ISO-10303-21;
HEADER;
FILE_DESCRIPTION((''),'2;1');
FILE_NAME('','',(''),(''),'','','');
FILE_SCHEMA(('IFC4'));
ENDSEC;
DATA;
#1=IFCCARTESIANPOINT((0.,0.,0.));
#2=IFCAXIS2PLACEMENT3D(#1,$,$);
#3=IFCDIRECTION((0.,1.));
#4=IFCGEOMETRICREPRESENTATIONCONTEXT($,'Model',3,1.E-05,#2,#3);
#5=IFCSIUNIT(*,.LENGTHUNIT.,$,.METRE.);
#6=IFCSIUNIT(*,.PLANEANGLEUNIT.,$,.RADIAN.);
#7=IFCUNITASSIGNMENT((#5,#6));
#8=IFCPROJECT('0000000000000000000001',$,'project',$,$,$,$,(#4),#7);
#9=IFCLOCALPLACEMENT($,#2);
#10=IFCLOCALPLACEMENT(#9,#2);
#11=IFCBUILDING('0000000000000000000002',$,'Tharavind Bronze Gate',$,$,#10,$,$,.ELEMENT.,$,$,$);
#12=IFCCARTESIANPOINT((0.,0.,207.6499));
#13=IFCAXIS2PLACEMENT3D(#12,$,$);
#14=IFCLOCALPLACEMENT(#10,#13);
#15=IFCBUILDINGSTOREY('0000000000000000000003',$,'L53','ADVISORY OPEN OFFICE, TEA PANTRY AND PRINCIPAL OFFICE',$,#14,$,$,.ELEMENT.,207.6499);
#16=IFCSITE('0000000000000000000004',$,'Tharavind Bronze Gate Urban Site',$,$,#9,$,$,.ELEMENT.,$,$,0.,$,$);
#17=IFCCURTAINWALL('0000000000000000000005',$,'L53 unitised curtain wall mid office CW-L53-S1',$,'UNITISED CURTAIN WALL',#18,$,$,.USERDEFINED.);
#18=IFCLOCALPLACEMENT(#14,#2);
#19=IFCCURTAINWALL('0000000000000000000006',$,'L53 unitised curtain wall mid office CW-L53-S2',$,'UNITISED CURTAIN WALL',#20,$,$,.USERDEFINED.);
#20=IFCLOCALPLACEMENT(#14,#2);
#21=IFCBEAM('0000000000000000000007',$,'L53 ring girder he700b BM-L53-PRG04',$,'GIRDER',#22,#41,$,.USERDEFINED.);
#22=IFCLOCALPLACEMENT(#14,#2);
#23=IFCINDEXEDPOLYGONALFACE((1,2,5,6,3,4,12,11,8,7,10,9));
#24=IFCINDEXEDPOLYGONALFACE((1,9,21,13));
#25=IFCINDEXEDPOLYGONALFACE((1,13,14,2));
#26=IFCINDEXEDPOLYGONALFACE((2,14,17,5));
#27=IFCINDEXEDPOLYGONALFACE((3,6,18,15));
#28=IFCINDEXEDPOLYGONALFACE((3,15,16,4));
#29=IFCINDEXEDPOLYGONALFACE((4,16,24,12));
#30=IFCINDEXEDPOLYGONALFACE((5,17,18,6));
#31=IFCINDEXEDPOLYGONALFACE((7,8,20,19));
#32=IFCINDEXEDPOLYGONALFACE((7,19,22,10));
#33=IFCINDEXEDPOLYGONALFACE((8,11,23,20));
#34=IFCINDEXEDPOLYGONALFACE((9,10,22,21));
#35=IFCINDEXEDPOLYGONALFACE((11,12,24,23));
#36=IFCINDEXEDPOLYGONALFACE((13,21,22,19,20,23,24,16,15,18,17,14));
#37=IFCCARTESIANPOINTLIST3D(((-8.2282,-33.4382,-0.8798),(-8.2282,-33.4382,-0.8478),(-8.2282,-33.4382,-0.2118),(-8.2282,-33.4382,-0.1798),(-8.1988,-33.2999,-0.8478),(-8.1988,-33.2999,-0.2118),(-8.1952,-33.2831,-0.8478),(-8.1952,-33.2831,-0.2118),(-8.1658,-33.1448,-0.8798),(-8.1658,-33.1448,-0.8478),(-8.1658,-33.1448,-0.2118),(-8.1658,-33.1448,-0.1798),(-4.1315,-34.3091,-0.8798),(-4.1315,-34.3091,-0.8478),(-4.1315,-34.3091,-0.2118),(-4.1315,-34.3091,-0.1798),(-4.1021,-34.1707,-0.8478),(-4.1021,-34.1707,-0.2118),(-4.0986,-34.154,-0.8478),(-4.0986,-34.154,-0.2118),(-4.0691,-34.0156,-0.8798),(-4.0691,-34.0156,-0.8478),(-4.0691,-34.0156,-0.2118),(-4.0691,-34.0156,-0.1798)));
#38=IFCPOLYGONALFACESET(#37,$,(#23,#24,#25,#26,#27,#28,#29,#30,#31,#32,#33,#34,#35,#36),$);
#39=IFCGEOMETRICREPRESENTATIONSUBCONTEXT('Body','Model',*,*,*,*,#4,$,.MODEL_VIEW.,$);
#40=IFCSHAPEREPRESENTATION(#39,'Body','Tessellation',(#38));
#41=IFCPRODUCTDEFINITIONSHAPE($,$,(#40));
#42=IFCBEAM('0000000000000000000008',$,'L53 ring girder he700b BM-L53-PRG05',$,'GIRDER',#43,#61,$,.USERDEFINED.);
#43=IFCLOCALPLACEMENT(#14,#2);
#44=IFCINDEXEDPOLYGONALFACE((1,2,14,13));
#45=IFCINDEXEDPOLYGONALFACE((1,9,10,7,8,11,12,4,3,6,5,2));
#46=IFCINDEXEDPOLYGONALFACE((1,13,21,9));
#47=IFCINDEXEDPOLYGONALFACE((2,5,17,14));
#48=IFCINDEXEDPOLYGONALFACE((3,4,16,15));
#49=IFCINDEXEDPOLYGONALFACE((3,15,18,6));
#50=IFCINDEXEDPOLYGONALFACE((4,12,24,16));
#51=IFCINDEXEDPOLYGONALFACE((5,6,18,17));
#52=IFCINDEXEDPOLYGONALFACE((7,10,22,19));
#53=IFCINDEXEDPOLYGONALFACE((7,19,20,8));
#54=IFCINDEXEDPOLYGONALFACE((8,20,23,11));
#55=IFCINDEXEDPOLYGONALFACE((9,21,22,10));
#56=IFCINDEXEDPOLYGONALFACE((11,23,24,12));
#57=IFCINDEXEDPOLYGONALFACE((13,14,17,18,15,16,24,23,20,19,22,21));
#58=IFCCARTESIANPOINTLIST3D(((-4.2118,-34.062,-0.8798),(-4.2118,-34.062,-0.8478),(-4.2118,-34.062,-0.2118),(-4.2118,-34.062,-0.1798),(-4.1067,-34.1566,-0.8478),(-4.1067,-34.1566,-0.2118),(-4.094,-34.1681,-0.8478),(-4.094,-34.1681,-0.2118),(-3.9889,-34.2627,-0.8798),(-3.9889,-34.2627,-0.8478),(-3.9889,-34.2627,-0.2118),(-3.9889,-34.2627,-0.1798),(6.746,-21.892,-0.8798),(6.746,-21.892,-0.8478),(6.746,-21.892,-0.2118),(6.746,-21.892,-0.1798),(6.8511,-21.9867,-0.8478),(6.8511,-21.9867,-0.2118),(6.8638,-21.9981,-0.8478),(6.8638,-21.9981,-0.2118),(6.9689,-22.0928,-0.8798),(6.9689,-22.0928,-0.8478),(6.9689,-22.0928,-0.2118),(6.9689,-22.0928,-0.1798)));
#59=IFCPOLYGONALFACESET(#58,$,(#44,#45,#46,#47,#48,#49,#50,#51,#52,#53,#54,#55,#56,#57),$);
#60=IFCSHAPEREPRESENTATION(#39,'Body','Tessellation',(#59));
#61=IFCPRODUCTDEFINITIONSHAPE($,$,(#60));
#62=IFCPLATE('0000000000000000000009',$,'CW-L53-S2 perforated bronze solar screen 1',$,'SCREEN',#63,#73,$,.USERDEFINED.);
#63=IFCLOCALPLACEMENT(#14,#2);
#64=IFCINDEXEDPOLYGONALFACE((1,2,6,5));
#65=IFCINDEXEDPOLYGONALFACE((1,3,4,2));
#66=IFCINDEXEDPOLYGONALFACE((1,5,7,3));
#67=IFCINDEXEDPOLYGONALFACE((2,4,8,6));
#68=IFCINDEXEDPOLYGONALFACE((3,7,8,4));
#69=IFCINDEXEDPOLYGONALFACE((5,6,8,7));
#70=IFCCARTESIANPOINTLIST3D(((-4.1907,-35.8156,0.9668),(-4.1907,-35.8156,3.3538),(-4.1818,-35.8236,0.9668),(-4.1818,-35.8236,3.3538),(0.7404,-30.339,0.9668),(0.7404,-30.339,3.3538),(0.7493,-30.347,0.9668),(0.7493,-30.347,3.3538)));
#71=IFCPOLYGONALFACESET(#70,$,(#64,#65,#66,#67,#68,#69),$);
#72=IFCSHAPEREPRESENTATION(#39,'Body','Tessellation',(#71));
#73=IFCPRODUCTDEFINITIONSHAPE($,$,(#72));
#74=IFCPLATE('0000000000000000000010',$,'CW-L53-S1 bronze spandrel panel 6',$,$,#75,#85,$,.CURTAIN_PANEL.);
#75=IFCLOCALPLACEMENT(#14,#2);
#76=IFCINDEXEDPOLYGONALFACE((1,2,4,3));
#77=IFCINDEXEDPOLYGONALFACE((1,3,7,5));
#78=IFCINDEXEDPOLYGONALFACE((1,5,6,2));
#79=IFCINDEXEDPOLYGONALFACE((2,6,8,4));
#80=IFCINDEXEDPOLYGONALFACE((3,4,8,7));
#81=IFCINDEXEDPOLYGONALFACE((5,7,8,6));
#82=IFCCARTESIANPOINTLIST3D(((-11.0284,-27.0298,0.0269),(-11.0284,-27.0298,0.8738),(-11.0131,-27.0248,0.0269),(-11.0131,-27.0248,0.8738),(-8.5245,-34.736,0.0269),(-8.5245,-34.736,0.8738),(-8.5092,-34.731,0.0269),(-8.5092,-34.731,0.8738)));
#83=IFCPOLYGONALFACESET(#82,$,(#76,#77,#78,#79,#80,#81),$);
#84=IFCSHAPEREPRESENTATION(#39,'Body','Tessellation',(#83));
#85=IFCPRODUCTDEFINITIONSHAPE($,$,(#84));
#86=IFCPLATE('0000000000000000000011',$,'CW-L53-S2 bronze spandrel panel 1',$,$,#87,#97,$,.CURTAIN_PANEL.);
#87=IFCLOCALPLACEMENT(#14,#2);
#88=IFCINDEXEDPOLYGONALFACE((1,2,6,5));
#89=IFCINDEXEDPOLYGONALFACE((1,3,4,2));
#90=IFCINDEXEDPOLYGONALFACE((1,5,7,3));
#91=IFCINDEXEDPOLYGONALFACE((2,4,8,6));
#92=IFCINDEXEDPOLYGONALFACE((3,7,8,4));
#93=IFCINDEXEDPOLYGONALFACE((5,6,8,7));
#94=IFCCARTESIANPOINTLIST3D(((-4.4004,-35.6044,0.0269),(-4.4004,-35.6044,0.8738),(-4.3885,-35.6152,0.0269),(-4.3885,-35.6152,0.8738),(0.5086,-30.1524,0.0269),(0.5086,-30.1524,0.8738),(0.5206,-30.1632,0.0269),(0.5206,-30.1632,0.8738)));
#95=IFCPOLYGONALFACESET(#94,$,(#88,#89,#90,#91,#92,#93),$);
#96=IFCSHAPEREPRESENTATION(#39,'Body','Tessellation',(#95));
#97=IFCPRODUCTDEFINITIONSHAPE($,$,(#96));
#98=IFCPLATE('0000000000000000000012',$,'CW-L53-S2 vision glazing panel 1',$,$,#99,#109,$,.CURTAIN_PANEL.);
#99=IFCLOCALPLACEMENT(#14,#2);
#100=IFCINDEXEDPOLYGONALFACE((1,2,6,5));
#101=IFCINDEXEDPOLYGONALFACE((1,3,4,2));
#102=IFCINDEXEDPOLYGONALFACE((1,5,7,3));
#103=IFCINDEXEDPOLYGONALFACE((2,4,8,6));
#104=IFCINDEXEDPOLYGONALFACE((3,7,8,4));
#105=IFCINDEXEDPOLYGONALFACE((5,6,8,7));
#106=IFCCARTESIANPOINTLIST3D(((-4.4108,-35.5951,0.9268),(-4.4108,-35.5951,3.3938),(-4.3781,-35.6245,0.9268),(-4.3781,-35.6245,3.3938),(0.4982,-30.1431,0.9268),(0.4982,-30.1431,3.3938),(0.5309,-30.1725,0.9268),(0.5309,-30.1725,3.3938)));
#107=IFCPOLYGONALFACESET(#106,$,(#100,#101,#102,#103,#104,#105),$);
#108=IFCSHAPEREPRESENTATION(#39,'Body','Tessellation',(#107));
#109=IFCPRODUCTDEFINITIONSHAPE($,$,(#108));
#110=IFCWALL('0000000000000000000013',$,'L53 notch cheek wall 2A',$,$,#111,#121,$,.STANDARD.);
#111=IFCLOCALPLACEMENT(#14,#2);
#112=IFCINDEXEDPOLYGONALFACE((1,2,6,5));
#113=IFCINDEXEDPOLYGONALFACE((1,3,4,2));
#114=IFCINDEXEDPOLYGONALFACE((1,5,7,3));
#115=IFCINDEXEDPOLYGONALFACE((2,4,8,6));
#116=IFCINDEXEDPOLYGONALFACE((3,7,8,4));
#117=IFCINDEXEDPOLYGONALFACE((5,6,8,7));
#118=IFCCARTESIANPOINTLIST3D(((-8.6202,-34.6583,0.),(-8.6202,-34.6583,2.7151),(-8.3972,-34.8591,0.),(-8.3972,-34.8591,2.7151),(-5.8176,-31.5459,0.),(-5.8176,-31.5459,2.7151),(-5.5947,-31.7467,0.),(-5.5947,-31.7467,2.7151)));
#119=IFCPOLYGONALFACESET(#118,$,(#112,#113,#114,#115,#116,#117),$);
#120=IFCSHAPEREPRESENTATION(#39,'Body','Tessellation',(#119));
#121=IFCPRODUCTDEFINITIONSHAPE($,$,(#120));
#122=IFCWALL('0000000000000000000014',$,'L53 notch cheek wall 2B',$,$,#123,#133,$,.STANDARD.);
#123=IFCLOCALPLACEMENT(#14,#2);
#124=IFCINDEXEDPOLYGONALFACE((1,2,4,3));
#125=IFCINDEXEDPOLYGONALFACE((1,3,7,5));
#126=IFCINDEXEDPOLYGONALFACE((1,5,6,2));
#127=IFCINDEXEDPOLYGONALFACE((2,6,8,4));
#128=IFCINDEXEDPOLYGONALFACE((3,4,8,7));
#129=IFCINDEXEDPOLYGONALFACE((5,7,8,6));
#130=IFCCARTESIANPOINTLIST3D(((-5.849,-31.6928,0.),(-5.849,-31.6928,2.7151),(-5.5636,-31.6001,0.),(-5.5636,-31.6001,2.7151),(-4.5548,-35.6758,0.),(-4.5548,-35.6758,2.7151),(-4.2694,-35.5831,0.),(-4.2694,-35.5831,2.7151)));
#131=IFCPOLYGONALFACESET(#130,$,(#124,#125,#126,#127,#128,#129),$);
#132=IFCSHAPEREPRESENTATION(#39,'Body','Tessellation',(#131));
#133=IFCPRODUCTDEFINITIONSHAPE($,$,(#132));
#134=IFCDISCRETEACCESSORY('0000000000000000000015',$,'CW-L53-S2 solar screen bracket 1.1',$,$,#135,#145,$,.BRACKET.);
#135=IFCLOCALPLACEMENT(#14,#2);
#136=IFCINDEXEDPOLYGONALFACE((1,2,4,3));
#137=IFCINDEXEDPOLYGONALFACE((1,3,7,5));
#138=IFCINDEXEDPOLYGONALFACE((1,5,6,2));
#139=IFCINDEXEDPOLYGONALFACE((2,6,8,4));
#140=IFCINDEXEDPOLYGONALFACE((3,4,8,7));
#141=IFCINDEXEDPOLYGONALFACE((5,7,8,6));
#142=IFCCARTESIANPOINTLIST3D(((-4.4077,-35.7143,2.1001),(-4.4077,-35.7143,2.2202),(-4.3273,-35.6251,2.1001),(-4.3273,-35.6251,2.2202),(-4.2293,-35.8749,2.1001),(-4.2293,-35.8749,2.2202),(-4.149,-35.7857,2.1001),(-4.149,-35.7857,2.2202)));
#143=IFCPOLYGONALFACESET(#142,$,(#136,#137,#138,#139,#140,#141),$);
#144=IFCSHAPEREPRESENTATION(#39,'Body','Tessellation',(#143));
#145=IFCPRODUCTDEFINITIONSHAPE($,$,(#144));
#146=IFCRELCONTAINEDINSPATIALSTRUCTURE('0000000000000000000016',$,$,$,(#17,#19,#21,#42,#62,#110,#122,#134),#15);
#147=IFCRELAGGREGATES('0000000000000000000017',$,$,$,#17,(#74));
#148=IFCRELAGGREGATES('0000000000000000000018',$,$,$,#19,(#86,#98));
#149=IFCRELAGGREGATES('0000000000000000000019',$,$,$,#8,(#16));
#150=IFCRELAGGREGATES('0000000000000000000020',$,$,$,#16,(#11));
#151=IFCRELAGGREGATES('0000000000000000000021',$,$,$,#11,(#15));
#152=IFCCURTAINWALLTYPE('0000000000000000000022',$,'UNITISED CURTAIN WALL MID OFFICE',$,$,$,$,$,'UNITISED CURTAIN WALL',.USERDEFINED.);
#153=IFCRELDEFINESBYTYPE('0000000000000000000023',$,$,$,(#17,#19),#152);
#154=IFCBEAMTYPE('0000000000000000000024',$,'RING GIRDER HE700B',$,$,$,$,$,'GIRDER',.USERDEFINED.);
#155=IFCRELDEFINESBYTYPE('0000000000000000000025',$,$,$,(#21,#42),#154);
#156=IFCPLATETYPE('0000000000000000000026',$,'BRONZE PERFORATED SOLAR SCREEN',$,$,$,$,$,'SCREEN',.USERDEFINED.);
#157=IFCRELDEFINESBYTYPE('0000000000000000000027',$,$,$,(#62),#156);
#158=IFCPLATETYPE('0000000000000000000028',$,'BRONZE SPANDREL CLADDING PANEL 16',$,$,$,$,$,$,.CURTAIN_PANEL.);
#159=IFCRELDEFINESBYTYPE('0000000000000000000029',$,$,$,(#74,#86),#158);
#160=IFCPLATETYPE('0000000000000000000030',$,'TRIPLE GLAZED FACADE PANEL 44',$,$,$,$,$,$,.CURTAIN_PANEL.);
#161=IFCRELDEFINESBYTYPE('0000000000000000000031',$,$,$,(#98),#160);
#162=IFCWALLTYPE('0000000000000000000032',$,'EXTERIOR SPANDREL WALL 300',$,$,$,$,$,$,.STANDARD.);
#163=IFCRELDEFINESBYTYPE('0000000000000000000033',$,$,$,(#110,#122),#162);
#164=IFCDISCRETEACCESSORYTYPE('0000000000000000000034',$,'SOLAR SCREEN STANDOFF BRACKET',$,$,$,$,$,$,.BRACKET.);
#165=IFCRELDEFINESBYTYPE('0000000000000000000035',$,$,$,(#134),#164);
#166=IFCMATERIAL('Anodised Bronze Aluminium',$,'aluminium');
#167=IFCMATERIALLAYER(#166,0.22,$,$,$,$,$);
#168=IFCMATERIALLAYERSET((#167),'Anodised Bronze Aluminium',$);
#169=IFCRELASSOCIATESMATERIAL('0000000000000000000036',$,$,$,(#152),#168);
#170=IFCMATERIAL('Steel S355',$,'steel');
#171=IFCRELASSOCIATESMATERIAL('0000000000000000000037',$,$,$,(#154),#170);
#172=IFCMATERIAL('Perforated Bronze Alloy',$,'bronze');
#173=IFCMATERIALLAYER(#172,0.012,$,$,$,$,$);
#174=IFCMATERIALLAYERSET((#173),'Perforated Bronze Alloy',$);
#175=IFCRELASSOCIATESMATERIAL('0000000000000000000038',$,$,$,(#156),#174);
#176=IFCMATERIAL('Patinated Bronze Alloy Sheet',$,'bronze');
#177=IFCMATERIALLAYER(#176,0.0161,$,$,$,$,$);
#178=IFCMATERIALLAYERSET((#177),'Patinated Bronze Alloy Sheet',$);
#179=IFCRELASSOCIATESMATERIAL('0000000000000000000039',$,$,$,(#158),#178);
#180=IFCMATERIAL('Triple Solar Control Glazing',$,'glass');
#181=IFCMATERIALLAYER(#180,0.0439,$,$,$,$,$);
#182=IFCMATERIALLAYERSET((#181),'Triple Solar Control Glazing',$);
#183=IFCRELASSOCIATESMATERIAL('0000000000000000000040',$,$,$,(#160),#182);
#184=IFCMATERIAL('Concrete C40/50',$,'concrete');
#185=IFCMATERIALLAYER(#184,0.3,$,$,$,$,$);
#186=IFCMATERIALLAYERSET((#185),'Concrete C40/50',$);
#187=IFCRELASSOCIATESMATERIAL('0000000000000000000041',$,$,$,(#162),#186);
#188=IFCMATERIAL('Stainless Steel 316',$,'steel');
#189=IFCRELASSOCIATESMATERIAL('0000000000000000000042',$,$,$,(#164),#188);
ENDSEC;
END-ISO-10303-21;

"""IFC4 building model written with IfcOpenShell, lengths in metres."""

from ifc_helpers import new_model, si_unit, direction, frame, frame_2d, origin, origin_2d, place, context, subcontext, project, spatial, rectangle, i_section, extrude, material, layer, layer_set, material_profile, profile_set, type_object, element, aggregate, save


model = new_model("IFC4")

# Units and contexts
model_context = context("Model", 3, precision=1e-05, world=origin(), true_north=direction((0.0, 1.0)))
body_context = subcontext(model_context, "Body", "Model", "MODEL_VIEW")
ifc_project = project(units=[si_unit("LENGTHUNIT", "METRE"), si_unit("PLANEANGLEUNIT", "RADIAN")], contexts=[model_context])

# Site, building, storey
site_placement = place(None, origin())
site = spatial("IfcSite", under=ifc_project, at=site_placement, Name="Tharavind Bronze Gate Urban Site", CompositionType="ELEMENT", RefElevation=0.0)
building_placement = place(site_placement, origin())
building = spatial("IfcBuilding", under=site, at=building_placement, Name="Tharavind Bronze Gate", CompositionType="ELEMENT")
storey_placement = place(building_placement, frame((0.0, 0.0, 207.6499)))
storey = spatial("IfcBuildingStorey", under=building, at=storey_placement, Name="L53", Description="ADVISORY OPEN OFFICE, TEA PANTRY AND PRINCIPAL OFFICE", CompositionType="ELEMENT", Elevation=207.6499)

# Curtain walls
ifc_material_1 = material(Name="Anodised Bronze Aluminium", Category="aluminium")
ifc_layer_1 = layer(ifc_material_1, 0.22)
ifc_layer_set_1 = layer_set([ifc_layer_1], Name="Anodised Bronze Aluminium")
curtain_wall_type = type_object("IfcCurtainWallType", Name="UNITISED CURTAIN WALL MID OFFICE", ElementType="UNITISED CURTAIN WALL", PredefinedType="USERDEFINED", material=ifc_layer_set_1)
curtain_wall_1_placement = place(storey_placement, origin())
curtain_wall_1 = element("IfcCurtainWall", 1, at=curtain_wall_1_placement, inside=storey, type_object=curtain_wall_type, Name="L53 unitised curtain wall mid office CW-L53-S1", ObjectType="UNITISED CURTAIN WALL", PredefinedType="USERDEFINED")
curtain_wall_2_placement = place(storey_placement, origin())
curtain_wall_2 = element("IfcCurtainWall", 2, at=curtain_wall_2_placement, inside=storey, type_object=curtain_wall_type, Name="L53 unitised curtain wall mid office CW-L53-S2", ObjectType="UNITISED CURTAIN WALL", PredefinedType="USERDEFINED")

# Beams
ifc_material_2 = material(Name="Steel S355", Category="steel")
ifc_material_profile_1 = material_profile(ifc_material_2, i_section(OverallWidth=0.3, OverallDepth=0.7, WebThickness=0.0171, FlangeThickness=0.032, at=origin_2d()), Name="HE700B")
ifc_profile_set_1 = profile_set([ifc_material_profile_1], Name="Steel S355")
beam_type_1 = type_object("IfcBeamType", Name="RING GIRDER HE700B", ElementType="GIRDER", PredefinedType="USERDEFINED", material=ifc_profile_set_1)
beam_1_placement = place(storey_placement, frame((-8.197, -33.2915, -0.5298), z_axis=(0.978144, -0.207928, 0.0), x_axis=(0.207928, 0.978144, 0.0)))
element("IfcBeam", 3, at=beam_1_placement, inside=storey, type_object=beam_type_1, Name="L53 ring girder he700b BM-L53-PRG04", ObjectType="GIRDER", PredefinedType="USERDEFINED", context=body_context, shape_type="SweptSolid", body=[
    extrude(i_section(OverallWidth=0.3, OverallDepth=0.7, WebThickness=0.0171, FlangeThickness=0.032, at=origin_2d()), origin(), (0.0, 0.0, 1.0), 4.1882),
])
beam_2_placement = place(storey_placement, frame((-4.1003, -34.1624, -0.5298), z_axis=(0.669128, 0.743147, 0.0), x_axis=(-0.743147, 0.669128, 0.0)))
element("IfcBeam", 4, at=beam_2_placement, inside=storey, type_object=beam_type_1, Name="L53 ring girder he700b BM-L53-PRG05", ObjectType="GIRDER", PredefinedType="USERDEFINED", context=body_context, shape_type="SweptSolid", body=[
    extrude(i_section(OverallWidth=0.3, OverallDepth=0.7, WebThickness=0.0171, FlangeThickness=0.032, at=origin_2d()), origin(), (0.0, 0.0, 1.0), 16.3762),
])

# Plates
ifc_material_3 = material(Name="Perforated Bronze Alloy", Category="bronze")
ifc_layer_2 = layer(ifc_material_3, 0.012)
ifc_layer_set_2 = layer_set([ifc_layer_2], Name="Perforated Bronze Alloy")
plate_type_1 = type_object("IfcPlateType", Name="BRONZE PERFORATED SOLAR SCREEN", ElementType="SCREEN", PredefinedType="USERDEFINED", material=ifc_layer_set_2)
plate_1_placement = place(storey_placement, frame((-1.7207, -33.0813, 0.9668), z_axis=(0.0, 0.0, 1.0), x_axis=(0.669131, 0.743145, 0.0)))
element("IfcPlate", 5, at=plate_1_placement, inside=storey, type_object=plate_type_1, Name="CW-L53-S2 perforated bronze solar screen 1", ObjectType="SCREEN", PredefinedType="USERDEFINED", context=body_context, shape_type="SweptSolid", body=[
    extrude(rectangle(XDim=7.3694, YDim=0.012, at=origin_2d()), origin(), (0.0, 0.0, 1.0), 2.387),
])
ifc_material_4 = material(Name="Patinated Bronze Alloy Sheet", Category="bronze")
ifc_layer_3 = layer(ifc_material_4, 0.0161)
ifc_layer_set_3 = layer_set([ifc_layer_3], Name="Patinated Bronze Alloy Sheet")
plate_type_2 = type_object("IfcPlateType", Name="BRONZE SPANDREL CLADDING PANEL 16", PredefinedType="CURTAIN_PANEL", material=ifc_layer_set_3)
plate_2_placement = place(storey_placement, frame((-9.7688, -30.8804, 0.0269), z_axis=(0.0, 0.0, 1.0), x_axis=(0.309017, -0.951057, 0.0)))
plate_2 = element("IfcPlate", 6, at=plate_2_placement, type_object=plate_type_2, Name="CW-L53-S1 bronze spandrel panel 6", PredefinedType="CURTAIN_PANEL", context=body_context, shape_type="SweptSolid", body=[
    extrude(rectangle(XDim=8.1028, YDim=0.0161, at=origin_2d()), origin(), (0.0, 0.0, 1.0), 0.8469),
])
aggregate(curtain_wall_1, [plate_2])
plate_3_placement = place(storey_placement, frame((-1.9399, -32.8838, 0.0269), z_axis=(0.0, 0.0, 1.0), x_axis=(0.669131, 0.743145, 0.0)))
plate_3 = element("IfcPlate", 7, at=plate_3_placement, type_object=plate_type_2, Name="CW-L53-S2 bronze spandrel panel 1", PredefinedType="CURTAIN_PANEL", context=body_context, shape_type="SweptSolid", body=[
    extrude(rectangle(XDim=7.3364, YDim=0.0161, at=origin_2d()), origin(), (0.0, 0.0, 1.0), 0.8469),
])
ifc_material_5 = material(Name="Triple Solar Control Glazing", Category="glass")
ifc_layer_4 = layer(ifc_material_5, 0.0439)
ifc_layer_set_4 = layer_set([ifc_layer_4], Name="Triple Solar Control Glazing")
plate_type_3 = type_object("IfcPlateType", Name="TRIPLE GLAZED FACADE PANEL 44", PredefinedType="CURTAIN_PANEL", material=ifc_layer_set_4)
plate_4_placement = place(storey_placement, frame((-1.9399, -32.8838, 0.9268), z_axis=(0.0, 0.0, 1.0), x_axis=(0.669131, 0.743145, 0.0)))
plate_4 = element("IfcPlate", 8, at=plate_4_placement, type_object=plate_type_3, Name="CW-L53-S2 vision glazing panel 1", PredefinedType="CURTAIN_PANEL", context=body_context, shape_type="SweptSolid", body=[
    extrude(rectangle(XDim=7.3364, YDim=0.0439, at=origin_2d()), origin(), (0.0, 0.0, 1.0), 2.467),
])
aggregate(curtain_wall_2, [plate_3, plate_4])

# Walls
ifc_material_6 = material(Name="Concrete C40/50", Category="concrete")
ifc_layer_5 = layer(ifc_material_6, 0.3)
ifc_layer_set_5 = layer_set([ifc_layer_5], Name="Concrete C40/50")
wall_type = type_object("IfcWallType", Name="EXTERIOR SPANDREL WALL 300", PredefinedType="STANDARD", material=ifc_layer_set_5)
wall_1_placement = place(storey_placement, frame((-8.5088, -34.7588, 0.0), z_axis=(0.0, 0.0, 1.0), x_axis=(0.669152, 0.743126, 0.0)))
element("IfcWall", 9, at=wall_1_placement, inside=storey, type_object=wall_type, Name="L53 notch cheek wall 2A", PredefinedType="STANDARD", context=body_context, shape_type="SweptSolid", body=[
    extrude(rectangle(XDim=4.1882, YDim=0.3, at=frame_2d((2.0942, 0.0))), origin(), (0.0, 0.0, 1.0), 2.7151),
])
wall_2_placement = place(storey_placement, frame((-5.7063, -31.6465, 0.0), z_axis=(0.0, 0.0, 1.0), x_axis=(0.309031, -0.951052, 0.0)))
element("IfcWall", 10, at=wall_2_placement, inside=storey, type_object=wall_type, Name="L53 notch cheek wall 2B", PredefinedType="STANDARD", context=body_context, shape_type="SweptSolid", body=[
    extrude(rectangle(XDim=4.188, YDim=0.3, at=frame_2d((2.094, 0.0))), origin(), (0.0, 0.0, 1.0), 2.7151),
])

# Discrete accessory
ifc_material_7 = material(Name="Stainless Steel 316", Category="steel")
discrete_accessory_type = type_object("IfcDiscreteAccessoryType", Name="SOLAR SCREEN STANDOFF BRACKET", PredefinedType="BRACKET", material=ifc_material_7)
discrete_accessory_placement = place(storey_placement, frame((-4.2783, -35.75, 2.1001), z_axis=(0.0, 0.0, 1.0), x_axis=(0.669131, 0.743145, 0.0)))
element("IfcDiscreteAccessory", 11, at=discrete_accessory_placement, inside=storey, type_object=discrete_accessory_type, Name="CW-L53-S2 solar screen bracket 1.1", PredefinedType="BRACKET", context=body_context, shape_type="SweptSolid", body=[
    extrude(rectangle(XDim=0.1201, YDim=0.24, at=origin_2d()), origin(), (0.0, 0.0, 1.0), 0.1201),
])

save(model, "model.ifc")
